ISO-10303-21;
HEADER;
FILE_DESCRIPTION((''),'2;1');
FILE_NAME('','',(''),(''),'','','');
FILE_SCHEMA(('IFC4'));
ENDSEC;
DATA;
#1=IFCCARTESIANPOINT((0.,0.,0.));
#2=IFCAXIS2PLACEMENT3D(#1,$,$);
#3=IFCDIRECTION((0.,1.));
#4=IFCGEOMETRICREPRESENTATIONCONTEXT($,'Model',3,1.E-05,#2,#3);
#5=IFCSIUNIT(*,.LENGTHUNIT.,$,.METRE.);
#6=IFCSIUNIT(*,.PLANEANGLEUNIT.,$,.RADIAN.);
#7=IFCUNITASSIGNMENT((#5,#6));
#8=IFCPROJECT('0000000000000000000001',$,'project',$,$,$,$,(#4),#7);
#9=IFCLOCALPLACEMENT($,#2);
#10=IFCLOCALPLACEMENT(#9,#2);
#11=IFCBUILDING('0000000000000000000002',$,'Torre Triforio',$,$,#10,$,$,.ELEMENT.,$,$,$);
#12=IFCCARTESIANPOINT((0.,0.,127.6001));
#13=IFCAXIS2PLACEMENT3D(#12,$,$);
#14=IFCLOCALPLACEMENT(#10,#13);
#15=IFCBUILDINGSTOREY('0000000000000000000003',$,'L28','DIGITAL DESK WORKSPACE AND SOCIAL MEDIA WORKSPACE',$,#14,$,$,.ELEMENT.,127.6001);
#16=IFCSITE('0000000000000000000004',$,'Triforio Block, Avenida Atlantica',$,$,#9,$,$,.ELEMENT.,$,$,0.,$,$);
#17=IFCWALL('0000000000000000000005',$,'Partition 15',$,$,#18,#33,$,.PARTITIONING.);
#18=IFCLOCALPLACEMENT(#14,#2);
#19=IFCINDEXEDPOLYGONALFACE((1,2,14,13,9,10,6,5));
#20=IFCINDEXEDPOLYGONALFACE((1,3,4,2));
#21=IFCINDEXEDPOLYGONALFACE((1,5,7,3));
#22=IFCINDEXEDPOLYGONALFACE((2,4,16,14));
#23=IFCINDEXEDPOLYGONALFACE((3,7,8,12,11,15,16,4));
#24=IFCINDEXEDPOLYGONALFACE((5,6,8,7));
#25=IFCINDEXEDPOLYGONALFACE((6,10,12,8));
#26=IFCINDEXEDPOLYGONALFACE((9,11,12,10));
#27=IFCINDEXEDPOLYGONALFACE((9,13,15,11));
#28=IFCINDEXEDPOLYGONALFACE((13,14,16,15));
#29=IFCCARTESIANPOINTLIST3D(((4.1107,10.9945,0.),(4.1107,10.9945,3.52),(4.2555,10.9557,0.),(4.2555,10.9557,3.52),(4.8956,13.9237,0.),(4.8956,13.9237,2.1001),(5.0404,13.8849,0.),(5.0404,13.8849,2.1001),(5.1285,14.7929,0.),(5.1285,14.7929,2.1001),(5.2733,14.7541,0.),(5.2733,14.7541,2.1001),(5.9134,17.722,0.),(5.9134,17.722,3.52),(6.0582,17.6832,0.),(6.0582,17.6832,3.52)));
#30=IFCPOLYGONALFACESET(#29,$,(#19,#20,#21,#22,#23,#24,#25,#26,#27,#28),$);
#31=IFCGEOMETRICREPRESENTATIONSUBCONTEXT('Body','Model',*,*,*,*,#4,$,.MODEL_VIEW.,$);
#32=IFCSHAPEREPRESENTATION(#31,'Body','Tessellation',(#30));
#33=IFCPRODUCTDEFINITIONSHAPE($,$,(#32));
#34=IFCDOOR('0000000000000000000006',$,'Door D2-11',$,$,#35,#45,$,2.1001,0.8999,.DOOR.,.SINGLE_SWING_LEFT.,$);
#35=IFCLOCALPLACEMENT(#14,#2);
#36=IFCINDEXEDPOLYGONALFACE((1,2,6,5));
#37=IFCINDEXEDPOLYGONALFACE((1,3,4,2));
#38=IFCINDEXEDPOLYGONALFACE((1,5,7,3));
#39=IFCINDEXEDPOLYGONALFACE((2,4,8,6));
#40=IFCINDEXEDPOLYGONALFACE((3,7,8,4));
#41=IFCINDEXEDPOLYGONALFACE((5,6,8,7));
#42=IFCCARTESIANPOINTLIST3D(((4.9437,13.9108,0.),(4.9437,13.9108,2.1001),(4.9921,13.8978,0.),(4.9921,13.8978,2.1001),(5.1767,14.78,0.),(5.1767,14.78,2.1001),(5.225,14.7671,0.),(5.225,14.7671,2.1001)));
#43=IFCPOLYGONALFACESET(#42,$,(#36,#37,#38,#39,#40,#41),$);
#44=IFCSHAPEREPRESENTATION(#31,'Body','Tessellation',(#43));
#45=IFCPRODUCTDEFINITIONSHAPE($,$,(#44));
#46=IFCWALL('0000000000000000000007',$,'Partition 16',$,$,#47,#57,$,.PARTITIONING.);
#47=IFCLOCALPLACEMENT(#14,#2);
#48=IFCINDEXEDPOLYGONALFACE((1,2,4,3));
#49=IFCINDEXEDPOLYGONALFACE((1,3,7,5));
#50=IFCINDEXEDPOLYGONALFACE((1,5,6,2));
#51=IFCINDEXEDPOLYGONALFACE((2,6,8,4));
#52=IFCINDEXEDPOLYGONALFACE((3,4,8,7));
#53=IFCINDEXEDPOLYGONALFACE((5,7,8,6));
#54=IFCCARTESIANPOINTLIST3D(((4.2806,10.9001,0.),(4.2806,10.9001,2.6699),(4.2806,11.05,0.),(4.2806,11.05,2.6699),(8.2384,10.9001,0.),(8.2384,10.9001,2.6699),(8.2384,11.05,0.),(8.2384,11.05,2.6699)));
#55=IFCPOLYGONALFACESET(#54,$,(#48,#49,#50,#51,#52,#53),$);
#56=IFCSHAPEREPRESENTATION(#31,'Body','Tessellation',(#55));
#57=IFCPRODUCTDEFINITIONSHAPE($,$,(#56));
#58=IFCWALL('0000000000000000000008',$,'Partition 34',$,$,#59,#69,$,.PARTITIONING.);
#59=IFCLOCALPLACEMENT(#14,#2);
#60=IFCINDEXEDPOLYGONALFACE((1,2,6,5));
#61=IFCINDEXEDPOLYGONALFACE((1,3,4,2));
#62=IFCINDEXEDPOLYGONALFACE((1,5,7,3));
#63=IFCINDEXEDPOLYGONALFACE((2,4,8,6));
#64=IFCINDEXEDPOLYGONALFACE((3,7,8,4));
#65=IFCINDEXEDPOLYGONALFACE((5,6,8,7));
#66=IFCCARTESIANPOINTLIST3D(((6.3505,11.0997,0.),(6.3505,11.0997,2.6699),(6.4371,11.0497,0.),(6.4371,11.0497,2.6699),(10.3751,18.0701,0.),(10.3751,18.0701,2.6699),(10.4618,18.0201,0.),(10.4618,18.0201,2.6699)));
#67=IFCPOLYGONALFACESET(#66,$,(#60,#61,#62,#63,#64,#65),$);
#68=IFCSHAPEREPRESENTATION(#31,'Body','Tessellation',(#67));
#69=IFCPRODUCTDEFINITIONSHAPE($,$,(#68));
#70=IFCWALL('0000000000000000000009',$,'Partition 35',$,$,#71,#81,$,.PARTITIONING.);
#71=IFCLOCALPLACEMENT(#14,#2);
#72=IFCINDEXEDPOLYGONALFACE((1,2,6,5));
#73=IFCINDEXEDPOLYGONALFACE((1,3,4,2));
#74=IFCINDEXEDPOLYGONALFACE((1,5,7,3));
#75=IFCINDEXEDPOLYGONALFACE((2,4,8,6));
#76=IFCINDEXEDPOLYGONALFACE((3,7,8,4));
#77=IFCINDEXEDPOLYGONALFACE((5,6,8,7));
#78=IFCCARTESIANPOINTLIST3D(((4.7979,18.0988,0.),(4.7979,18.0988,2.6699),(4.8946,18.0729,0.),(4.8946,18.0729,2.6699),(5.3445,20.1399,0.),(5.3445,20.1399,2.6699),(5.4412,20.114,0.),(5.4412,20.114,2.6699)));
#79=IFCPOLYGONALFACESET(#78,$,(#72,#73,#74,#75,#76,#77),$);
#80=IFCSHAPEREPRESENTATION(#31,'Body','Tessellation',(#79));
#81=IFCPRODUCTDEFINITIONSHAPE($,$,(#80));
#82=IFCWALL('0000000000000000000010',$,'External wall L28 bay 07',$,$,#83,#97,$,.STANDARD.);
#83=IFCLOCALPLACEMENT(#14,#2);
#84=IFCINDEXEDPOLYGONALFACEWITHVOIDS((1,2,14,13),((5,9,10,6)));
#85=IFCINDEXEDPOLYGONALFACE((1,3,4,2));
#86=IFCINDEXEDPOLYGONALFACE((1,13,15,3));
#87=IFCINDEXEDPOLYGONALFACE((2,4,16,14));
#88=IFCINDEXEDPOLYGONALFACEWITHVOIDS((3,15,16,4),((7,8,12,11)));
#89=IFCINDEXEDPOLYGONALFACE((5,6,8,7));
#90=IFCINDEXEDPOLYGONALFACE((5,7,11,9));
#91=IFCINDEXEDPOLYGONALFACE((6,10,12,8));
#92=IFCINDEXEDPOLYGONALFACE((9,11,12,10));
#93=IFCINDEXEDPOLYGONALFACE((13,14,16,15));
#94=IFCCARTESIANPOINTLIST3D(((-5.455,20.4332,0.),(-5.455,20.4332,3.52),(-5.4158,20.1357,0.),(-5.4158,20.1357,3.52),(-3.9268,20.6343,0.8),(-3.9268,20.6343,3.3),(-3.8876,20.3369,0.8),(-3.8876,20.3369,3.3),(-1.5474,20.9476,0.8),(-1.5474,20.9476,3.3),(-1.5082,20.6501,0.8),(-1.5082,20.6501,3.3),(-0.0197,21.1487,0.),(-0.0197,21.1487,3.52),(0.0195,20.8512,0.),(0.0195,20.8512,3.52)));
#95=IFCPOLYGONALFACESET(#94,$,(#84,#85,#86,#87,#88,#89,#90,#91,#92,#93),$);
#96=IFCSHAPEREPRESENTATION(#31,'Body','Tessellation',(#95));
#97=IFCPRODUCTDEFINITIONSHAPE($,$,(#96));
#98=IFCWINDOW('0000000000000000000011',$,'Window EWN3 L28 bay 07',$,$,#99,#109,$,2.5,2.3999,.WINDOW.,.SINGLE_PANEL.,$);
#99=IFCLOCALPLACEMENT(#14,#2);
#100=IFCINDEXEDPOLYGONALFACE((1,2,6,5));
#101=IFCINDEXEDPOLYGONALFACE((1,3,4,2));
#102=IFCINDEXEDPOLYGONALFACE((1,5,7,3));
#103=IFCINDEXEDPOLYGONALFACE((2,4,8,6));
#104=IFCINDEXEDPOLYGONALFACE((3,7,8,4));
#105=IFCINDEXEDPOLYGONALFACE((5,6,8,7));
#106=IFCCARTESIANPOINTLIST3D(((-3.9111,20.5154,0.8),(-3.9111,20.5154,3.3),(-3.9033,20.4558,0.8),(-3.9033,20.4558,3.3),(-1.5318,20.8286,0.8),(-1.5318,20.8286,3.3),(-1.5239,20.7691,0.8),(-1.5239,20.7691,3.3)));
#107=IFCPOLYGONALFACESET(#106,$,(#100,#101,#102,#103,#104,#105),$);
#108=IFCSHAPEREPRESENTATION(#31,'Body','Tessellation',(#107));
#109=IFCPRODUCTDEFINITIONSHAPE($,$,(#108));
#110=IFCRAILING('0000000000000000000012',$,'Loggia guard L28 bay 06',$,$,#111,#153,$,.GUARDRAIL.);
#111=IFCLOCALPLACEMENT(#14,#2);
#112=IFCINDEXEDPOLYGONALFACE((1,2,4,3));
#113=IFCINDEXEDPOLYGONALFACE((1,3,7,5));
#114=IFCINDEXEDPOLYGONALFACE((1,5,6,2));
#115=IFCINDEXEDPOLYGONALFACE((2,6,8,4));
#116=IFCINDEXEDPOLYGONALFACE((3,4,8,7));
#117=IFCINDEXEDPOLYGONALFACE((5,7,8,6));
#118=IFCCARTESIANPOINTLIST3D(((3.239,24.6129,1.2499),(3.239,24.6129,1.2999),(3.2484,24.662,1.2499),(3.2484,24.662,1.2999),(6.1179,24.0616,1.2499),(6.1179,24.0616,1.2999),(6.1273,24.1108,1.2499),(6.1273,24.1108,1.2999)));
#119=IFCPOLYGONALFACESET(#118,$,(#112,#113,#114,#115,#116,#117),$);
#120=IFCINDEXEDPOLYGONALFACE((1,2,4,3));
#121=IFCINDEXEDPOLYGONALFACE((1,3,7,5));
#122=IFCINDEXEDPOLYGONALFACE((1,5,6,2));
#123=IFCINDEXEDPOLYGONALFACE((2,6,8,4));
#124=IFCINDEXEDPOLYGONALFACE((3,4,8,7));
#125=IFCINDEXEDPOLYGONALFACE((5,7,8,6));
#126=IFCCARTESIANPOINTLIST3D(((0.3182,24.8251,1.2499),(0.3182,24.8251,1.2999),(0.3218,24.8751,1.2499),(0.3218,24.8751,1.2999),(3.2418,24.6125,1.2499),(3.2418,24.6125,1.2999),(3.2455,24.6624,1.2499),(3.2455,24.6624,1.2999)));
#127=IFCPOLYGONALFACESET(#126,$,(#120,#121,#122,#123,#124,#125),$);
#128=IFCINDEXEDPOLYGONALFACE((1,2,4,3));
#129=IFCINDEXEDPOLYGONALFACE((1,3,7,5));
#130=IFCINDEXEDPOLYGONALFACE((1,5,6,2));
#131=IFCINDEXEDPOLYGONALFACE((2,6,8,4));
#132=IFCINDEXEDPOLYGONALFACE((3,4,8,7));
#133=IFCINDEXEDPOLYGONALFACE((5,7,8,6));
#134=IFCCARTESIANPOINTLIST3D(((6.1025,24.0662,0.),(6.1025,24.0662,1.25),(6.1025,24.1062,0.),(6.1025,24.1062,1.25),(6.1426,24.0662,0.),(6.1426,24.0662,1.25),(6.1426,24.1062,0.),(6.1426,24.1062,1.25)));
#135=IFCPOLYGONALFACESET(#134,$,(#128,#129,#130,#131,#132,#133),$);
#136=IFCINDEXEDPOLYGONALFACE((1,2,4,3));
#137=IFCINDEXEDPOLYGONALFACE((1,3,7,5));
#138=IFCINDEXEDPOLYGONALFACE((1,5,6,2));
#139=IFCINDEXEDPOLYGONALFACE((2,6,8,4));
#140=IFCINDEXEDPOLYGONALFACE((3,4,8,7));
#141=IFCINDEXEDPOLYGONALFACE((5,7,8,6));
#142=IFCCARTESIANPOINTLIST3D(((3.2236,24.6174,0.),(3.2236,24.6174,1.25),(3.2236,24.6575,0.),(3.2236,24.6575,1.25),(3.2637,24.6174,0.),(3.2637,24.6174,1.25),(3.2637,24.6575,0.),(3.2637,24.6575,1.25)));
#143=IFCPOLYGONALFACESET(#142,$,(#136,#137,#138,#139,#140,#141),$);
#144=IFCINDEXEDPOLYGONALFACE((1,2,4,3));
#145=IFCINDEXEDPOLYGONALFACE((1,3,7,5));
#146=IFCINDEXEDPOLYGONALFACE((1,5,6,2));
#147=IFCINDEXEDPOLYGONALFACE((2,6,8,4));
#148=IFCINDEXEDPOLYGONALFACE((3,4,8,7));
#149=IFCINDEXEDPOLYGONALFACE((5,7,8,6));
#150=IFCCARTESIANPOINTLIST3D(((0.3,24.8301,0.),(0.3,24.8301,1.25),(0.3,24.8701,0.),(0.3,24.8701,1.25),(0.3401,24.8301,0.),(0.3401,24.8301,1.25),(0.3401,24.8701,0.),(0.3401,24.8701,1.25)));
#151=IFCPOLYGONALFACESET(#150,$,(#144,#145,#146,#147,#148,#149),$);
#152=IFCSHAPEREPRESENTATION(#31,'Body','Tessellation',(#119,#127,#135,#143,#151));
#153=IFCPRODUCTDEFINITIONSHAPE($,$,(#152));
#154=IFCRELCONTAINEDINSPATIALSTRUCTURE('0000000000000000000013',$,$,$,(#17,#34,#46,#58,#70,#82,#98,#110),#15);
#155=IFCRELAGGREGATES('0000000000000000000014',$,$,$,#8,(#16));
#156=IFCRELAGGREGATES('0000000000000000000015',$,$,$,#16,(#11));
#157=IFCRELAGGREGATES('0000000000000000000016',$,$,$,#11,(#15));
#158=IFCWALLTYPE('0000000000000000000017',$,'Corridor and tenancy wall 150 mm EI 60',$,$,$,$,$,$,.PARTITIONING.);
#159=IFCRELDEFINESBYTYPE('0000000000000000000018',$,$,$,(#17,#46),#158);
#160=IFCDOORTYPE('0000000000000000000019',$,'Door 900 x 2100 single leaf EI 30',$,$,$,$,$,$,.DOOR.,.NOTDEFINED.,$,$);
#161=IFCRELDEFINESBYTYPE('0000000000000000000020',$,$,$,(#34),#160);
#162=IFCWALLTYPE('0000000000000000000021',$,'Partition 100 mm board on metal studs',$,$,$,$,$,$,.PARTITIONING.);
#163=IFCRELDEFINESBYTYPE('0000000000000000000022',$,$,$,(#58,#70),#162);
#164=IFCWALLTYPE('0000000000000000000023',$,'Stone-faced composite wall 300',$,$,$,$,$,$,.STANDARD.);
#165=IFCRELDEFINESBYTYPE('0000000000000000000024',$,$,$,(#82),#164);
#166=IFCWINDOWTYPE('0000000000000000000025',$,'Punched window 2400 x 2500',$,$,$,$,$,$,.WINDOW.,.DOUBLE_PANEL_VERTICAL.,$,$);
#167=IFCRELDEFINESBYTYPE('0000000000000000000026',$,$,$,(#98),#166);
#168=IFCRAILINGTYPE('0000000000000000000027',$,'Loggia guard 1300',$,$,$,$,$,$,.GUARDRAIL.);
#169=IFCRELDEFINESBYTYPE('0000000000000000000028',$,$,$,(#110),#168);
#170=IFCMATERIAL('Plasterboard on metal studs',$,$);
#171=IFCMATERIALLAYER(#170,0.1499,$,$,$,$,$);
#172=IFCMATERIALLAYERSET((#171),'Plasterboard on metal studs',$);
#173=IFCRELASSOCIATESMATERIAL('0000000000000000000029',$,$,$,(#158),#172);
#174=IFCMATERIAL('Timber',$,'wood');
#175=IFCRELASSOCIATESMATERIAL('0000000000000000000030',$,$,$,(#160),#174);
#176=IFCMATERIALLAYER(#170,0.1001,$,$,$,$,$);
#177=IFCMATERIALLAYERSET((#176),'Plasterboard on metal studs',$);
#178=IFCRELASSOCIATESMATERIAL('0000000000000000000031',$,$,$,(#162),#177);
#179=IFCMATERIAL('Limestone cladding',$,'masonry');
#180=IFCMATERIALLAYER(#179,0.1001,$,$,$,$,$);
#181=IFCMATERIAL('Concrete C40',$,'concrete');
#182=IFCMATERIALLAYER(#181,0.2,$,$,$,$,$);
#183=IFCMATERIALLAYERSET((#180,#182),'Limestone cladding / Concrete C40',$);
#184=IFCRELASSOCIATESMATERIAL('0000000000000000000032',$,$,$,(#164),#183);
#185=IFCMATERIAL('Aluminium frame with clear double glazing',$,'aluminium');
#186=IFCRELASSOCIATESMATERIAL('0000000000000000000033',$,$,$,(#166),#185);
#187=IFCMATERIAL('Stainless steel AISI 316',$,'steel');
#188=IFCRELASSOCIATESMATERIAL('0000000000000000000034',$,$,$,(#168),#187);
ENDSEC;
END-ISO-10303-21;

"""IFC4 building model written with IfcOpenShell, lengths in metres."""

from ifc_helpers import new_model, si_unit, direction, frame, frame_2d, origin, origin_2d, place, context, subcontext, project, spatial, rectangle, extrude, material, layer, layer_set, type_object, element, fill, save


model = new_model("IFC4")

# Units and contexts
model_context = context("Model", 3, precision=1e-05, world=origin(), true_north=direction((0.0, 1.0)))
body_context = subcontext(model_context, "Body", "Model", "MODEL_VIEW")
ifc_project = project(units=[si_unit("LENGTHUNIT", "METRE"), si_unit("PLANEANGLEUNIT", "RADIAN")], contexts=[model_context])

# Site, building, storey
site_placement = place(None, origin())
site = spatial("IfcSite", under=ifc_project, at=site_placement, Name="Triforio Block, Avenida Atlantica", CompositionType="ELEMENT", RefElevation=0.0)
building_placement = place(site_placement, origin())
building = spatial("IfcBuilding", under=site, at=building_placement, Name="Torre Triforio", CompositionType="ELEMENT")
storey_placement = place(building_placement, frame((0.0, 0.0, 127.6001)))
storey = spatial("IfcBuildingStorey", under=building, at=storey_placement, Name="L28", Description="DIGITAL DESK WORKSPACE AND SOCIAL MEDIA WORKSPACE", CompositionType="ELEMENT", Elevation=127.6001)

# Shared definitions
ifc_material_1 = material(Name="Plasterboard on metal studs")
ifc_layer_1 = layer(ifc_material_1, 0.1499)
ifc_layer_set_1 = layer_set([ifc_layer_1], Name="Plasterboard on metal studs")
wall_type_1 = type_object("IfcWallType", Name="Corridor and tenancy wall 150 mm EI 60", PredefinedType="PARTITIONING", material=ifc_layer_set_1)
ifc_material_2 = material(Name="Timber", Category="wood")
door_type_1 = type_object("IfcDoorType", Name="Door 900 x 2100 single leaf EI 30", OperationType="NOTDEFINED", PredefinedType="DOOR", material=ifc_material_2)

# Wall, opening, door
wall_1_placement = place(storey_placement, frame((5.9858, 17.7026, 0.0), z_axis=(0.0, 0.0, 1.0), x_axis=(-0.258832, -0.965922, 0.0)))
wall_1 = element("IfcWall", 1, at=wall_1_placement, inside=storey, type_object=wall_type_1, Name="Partition 15", PredefinedType="PARTITIONING", context=body_context, shape_type="SweptSolid", body=[
    extrude(rectangle(XDim=6.9648, YDim=0.1499, at=frame_2d((3.4824, 0.0))), origin(), (0.0, 0.0, 1.0), 3.52),
])
opening_1_placement = place(wall_1_placement, frame((3.0325, 0.0, 0.0)))
opening_1 = element("IfcOpeningElement", 2, at=opening_1_placement, cuts=wall_1, PredefinedType="OPENING", context=body_context, shape_type="SweptSolid", body=[
    extrude(rectangle(XDim=0.8999, YDim=2.1001, at=frame_2d((0.45, 1.05))), frame((0.0, 0.085, 0.0), z_axis=(0.0, -1.0, 0.0), x_axis=(1.0, 0.0, 0.0)), (0.0, 0.0, 1.0), 0.1699),
])
door_1_placement = place(opening_1_placement, origin())
door_1 = element("IfcDoor", 3, at=door_1_placement, inside=storey, type_object=door_type_1, Name="Door D2-11", OperationType="SINGLE_SWING_LEFT", OverallHeight=2.1001, OverallWidth=0.8999, PredefinedType="DOOR", context=body_context, shape_type="SweptSolid", body=[
    extrude(rectangle(XDim=0.8999, YDim=2.1001, at=frame_2d((0.45, 1.05))), frame((0.0, 0.0249, 0.0), z_axis=(0.0, -1.0, 0.0), x_axis=(1.0, 0.0, 0.0)), (0.0, 0.0, 1.0), 0.05),
])
fill(opening_1, door_1)

# Walls
wall_2_placement = place(storey_placement, frame((4.2805, 10.9751, 0.0), z_axis=(0.0, 0.0, 1.0), x_axis=(1.0, 0.0, 0.0)))
element("IfcWall", 4, at=wall_2_placement, inside=storey, type_object=wall_type_1, Name="Partition 16", PredefinedType="PARTITIONING", context=body_context, shape_type="SweptSolid", body=[
    extrude(rectangle(XDim=3.9578, YDim=0.1499, at=frame_2d((1.979, 0.0))), origin(), (0.0, 0.0, 1.0), 2.6699),
])
ifc_layer_2 = layer(ifc_material_1, 0.1001)
ifc_layer_set_2 = layer_set([ifc_layer_2], Name="Plasterboard on metal studs")
wall_type_2 = type_object("IfcWallType", Name="Partition 100 mm board on metal studs", PredefinedType="PARTITIONING", material=ifc_layer_set_2)
wall_3_placement = place(storey_placement, frame((6.3938, 11.0747, 0.0), z_axis=(0.0, 0.0, 1.0), x_axis=(0.500024, 0.866011, 0.0)))
element("IfcWall", 5, at=wall_3_placement, inside=storey, type_object=wall_type_2, Name="Partition 34", PredefinedType="PARTITIONING", context=body_context, shape_type="SweptSolid", body=[
    extrude(rectangle(XDim=8.0488, YDim=0.1001, at=frame_2d((4.0244, 0.0))), origin(), (0.0, 0.0, 1.0), 2.6699),
])
wall_4_placement = place(storey_placement, frame((4.8462, 18.0857, 0.0), z_axis=(0.0, 0.0, 1.0), x_axis=(0.258705, 0.965956, 0.0)))
element("IfcWall", 6, at=wall_4_placement, inside=storey, type_object=wall_type_2, Name="Partition 35", PredefinedType="PARTITIONING", context=body_context, shape_type="SweptSolid", body=[
    extrude(rectangle(XDim=2.113, YDim=0.1001, at=frame_2d((1.0566, 0.0))), origin(), (0.0, 0.0, 1.0), 2.6699),
])

# Shared definitions
ifc_material_3 = material(Name="Limestone cladding", Category="masonry")
ifc_layer_3 = layer(ifc_material_3, 0.1001)
ifc_material_4 = material(Name="Concrete C40", Category="concrete")
ifc_layer_4 = layer(ifc_material_4, 0.2)
ifc_layer_set_3 = layer_set([ifc_layer_3, ifc_layer_4], Name="Limestone cladding / Concrete C40")
wall_type_3 = type_object("IfcWallType", Name="Stone-faced composite wall 300", PredefinedType="STANDARD", material=ifc_layer_set_3)
ifc_material_5 = material(Name="Aluminium frame with clear double glazing", Category="aluminium")

# Wall, opening, window
wall_5_placement = place(storey_placement, frame((0.0, 21.0, 0.0), z_axis=(0.0, 0.0, 1.0), x_axis=(-0.991445, -0.130527, 0.0)))
wall_5 = element("IfcWall", 7, at=wall_5_placement, inside=storey, type_object=wall_type_3, Name="External wall L28 bay 07", PredefinedType="STANDARD", context=body_context, shape_type="SweptSolid", body=[
    extrude(rectangle(XDim=5.4822, YDim=0.3, at=frame_2d((2.7412, 0.0))), origin(), (0.0, 0.0, 1.0), 3.52),
])
opening_2_placement = place(wall_5_placement, frame((1.541, 0.0, 0.8)))
opening_2 = element("IfcOpeningElement", 8, at=opening_2_placement, cuts=wall_5, PredefinedType="OPENING", context=body_context, shape_type="SweptSolid", body=[
    extrude(rectangle(XDim=2.3999, YDim=2.5, at=frame_2d((1.2, 1.25))), frame((0.0, 0.1599, 0.0), z_axis=(0.0, -1.0, 0.0), x_axis=(1.0, 0.0, 0.0)), (0.0, 0.0, 1.0), 0.3201),
])
window_type_1 = type_object("IfcWindowType", Name="Punched window 2400 x 2500", PartitioningType="DOUBLE_PANEL_VERTICAL", PredefinedType="WINDOW", material=ifc_material_5)
window_1_placement = place(opening_2_placement, origin())
window_1 = element("IfcWindow", 9, at=window_1_placement, inside=storey, type_object=window_type_1, Name="Window EWN3 L28 bay 07", OverallHeight=2.5, OverallWidth=2.3999, PartitioningType="SINGLE_PANEL", PredefinedType="WINDOW", context=body_context, shape_type="SweptSolid", body=[
    extrude(rectangle(XDim=2.3999, YDim=2.5, at=frame_2d((1.2, 1.25))), frame((0.0, 0.03, 0.0), z_axis=(0.0, -1.0, 0.0), x_axis=(1.0, 0.0, 0.0)), (0.0, 0.0, 1.0), 0.0601),
])
fill(opening_2, window_1)

# Railing
ifc_material_6 = material(Name="Stainless steel AISI 316", Category="steel")
railing_type = type_object("IfcRailingType", Name="Loggia guard 1300", PredefinedType="GUARDRAIL", material=ifc_material_6)
railing_placement = place(storey_placement, frame((6.1226, 24.0862, 0.0)))
element("IfcRailing", 10, at=railing_placement, inside=storey, type_object=railing_type, Name="Loggia guard L28 bay 06", PredefinedType="GUARDRAIL", context=body_context, shape_type="SweptSolid", body=[
    extrude(rectangle(XDim=0.05, YDim=0.05, at=origin_2d()), frame((0.0, 0.0, 1.2749), z_axis=(-0.982156, 0.188069, 0.0), x_axis=(-0.188069, -0.982156, 0.0)), (0.0, 0.0, 1.0), 2.9312),
    extrude(rectangle(XDim=0.05, YDim=0.05, at=origin_2d()), frame((-2.8789, 0.5513, 1.2749), z_axis=(-0.997365, 0.072543, 0.0), x_axis=(-0.072543, -0.997365, 0.0)), (0.0, 0.0, 1.0), 2.9314),
    extrude(rectangle(XDim=0.04, YDim=0.04, at=origin_2d()), origin(), (0.0, 0.0, 1.0), 1.25),
    extrude(rectangle(XDim=0.04, YDim=0.04, at=origin_2d()), frame((-2.8789, 0.5513, 0.0)), (0.0, 0.0, 1.0), 1.25),
    extrude(rectangle(XDim=0.04, YDim=0.04, at=origin_2d()), frame((-5.8025, 0.7639, 0.0)), (0.0, 0.0, 1.0), 1.25),
])

save(model, "model.ifc")
